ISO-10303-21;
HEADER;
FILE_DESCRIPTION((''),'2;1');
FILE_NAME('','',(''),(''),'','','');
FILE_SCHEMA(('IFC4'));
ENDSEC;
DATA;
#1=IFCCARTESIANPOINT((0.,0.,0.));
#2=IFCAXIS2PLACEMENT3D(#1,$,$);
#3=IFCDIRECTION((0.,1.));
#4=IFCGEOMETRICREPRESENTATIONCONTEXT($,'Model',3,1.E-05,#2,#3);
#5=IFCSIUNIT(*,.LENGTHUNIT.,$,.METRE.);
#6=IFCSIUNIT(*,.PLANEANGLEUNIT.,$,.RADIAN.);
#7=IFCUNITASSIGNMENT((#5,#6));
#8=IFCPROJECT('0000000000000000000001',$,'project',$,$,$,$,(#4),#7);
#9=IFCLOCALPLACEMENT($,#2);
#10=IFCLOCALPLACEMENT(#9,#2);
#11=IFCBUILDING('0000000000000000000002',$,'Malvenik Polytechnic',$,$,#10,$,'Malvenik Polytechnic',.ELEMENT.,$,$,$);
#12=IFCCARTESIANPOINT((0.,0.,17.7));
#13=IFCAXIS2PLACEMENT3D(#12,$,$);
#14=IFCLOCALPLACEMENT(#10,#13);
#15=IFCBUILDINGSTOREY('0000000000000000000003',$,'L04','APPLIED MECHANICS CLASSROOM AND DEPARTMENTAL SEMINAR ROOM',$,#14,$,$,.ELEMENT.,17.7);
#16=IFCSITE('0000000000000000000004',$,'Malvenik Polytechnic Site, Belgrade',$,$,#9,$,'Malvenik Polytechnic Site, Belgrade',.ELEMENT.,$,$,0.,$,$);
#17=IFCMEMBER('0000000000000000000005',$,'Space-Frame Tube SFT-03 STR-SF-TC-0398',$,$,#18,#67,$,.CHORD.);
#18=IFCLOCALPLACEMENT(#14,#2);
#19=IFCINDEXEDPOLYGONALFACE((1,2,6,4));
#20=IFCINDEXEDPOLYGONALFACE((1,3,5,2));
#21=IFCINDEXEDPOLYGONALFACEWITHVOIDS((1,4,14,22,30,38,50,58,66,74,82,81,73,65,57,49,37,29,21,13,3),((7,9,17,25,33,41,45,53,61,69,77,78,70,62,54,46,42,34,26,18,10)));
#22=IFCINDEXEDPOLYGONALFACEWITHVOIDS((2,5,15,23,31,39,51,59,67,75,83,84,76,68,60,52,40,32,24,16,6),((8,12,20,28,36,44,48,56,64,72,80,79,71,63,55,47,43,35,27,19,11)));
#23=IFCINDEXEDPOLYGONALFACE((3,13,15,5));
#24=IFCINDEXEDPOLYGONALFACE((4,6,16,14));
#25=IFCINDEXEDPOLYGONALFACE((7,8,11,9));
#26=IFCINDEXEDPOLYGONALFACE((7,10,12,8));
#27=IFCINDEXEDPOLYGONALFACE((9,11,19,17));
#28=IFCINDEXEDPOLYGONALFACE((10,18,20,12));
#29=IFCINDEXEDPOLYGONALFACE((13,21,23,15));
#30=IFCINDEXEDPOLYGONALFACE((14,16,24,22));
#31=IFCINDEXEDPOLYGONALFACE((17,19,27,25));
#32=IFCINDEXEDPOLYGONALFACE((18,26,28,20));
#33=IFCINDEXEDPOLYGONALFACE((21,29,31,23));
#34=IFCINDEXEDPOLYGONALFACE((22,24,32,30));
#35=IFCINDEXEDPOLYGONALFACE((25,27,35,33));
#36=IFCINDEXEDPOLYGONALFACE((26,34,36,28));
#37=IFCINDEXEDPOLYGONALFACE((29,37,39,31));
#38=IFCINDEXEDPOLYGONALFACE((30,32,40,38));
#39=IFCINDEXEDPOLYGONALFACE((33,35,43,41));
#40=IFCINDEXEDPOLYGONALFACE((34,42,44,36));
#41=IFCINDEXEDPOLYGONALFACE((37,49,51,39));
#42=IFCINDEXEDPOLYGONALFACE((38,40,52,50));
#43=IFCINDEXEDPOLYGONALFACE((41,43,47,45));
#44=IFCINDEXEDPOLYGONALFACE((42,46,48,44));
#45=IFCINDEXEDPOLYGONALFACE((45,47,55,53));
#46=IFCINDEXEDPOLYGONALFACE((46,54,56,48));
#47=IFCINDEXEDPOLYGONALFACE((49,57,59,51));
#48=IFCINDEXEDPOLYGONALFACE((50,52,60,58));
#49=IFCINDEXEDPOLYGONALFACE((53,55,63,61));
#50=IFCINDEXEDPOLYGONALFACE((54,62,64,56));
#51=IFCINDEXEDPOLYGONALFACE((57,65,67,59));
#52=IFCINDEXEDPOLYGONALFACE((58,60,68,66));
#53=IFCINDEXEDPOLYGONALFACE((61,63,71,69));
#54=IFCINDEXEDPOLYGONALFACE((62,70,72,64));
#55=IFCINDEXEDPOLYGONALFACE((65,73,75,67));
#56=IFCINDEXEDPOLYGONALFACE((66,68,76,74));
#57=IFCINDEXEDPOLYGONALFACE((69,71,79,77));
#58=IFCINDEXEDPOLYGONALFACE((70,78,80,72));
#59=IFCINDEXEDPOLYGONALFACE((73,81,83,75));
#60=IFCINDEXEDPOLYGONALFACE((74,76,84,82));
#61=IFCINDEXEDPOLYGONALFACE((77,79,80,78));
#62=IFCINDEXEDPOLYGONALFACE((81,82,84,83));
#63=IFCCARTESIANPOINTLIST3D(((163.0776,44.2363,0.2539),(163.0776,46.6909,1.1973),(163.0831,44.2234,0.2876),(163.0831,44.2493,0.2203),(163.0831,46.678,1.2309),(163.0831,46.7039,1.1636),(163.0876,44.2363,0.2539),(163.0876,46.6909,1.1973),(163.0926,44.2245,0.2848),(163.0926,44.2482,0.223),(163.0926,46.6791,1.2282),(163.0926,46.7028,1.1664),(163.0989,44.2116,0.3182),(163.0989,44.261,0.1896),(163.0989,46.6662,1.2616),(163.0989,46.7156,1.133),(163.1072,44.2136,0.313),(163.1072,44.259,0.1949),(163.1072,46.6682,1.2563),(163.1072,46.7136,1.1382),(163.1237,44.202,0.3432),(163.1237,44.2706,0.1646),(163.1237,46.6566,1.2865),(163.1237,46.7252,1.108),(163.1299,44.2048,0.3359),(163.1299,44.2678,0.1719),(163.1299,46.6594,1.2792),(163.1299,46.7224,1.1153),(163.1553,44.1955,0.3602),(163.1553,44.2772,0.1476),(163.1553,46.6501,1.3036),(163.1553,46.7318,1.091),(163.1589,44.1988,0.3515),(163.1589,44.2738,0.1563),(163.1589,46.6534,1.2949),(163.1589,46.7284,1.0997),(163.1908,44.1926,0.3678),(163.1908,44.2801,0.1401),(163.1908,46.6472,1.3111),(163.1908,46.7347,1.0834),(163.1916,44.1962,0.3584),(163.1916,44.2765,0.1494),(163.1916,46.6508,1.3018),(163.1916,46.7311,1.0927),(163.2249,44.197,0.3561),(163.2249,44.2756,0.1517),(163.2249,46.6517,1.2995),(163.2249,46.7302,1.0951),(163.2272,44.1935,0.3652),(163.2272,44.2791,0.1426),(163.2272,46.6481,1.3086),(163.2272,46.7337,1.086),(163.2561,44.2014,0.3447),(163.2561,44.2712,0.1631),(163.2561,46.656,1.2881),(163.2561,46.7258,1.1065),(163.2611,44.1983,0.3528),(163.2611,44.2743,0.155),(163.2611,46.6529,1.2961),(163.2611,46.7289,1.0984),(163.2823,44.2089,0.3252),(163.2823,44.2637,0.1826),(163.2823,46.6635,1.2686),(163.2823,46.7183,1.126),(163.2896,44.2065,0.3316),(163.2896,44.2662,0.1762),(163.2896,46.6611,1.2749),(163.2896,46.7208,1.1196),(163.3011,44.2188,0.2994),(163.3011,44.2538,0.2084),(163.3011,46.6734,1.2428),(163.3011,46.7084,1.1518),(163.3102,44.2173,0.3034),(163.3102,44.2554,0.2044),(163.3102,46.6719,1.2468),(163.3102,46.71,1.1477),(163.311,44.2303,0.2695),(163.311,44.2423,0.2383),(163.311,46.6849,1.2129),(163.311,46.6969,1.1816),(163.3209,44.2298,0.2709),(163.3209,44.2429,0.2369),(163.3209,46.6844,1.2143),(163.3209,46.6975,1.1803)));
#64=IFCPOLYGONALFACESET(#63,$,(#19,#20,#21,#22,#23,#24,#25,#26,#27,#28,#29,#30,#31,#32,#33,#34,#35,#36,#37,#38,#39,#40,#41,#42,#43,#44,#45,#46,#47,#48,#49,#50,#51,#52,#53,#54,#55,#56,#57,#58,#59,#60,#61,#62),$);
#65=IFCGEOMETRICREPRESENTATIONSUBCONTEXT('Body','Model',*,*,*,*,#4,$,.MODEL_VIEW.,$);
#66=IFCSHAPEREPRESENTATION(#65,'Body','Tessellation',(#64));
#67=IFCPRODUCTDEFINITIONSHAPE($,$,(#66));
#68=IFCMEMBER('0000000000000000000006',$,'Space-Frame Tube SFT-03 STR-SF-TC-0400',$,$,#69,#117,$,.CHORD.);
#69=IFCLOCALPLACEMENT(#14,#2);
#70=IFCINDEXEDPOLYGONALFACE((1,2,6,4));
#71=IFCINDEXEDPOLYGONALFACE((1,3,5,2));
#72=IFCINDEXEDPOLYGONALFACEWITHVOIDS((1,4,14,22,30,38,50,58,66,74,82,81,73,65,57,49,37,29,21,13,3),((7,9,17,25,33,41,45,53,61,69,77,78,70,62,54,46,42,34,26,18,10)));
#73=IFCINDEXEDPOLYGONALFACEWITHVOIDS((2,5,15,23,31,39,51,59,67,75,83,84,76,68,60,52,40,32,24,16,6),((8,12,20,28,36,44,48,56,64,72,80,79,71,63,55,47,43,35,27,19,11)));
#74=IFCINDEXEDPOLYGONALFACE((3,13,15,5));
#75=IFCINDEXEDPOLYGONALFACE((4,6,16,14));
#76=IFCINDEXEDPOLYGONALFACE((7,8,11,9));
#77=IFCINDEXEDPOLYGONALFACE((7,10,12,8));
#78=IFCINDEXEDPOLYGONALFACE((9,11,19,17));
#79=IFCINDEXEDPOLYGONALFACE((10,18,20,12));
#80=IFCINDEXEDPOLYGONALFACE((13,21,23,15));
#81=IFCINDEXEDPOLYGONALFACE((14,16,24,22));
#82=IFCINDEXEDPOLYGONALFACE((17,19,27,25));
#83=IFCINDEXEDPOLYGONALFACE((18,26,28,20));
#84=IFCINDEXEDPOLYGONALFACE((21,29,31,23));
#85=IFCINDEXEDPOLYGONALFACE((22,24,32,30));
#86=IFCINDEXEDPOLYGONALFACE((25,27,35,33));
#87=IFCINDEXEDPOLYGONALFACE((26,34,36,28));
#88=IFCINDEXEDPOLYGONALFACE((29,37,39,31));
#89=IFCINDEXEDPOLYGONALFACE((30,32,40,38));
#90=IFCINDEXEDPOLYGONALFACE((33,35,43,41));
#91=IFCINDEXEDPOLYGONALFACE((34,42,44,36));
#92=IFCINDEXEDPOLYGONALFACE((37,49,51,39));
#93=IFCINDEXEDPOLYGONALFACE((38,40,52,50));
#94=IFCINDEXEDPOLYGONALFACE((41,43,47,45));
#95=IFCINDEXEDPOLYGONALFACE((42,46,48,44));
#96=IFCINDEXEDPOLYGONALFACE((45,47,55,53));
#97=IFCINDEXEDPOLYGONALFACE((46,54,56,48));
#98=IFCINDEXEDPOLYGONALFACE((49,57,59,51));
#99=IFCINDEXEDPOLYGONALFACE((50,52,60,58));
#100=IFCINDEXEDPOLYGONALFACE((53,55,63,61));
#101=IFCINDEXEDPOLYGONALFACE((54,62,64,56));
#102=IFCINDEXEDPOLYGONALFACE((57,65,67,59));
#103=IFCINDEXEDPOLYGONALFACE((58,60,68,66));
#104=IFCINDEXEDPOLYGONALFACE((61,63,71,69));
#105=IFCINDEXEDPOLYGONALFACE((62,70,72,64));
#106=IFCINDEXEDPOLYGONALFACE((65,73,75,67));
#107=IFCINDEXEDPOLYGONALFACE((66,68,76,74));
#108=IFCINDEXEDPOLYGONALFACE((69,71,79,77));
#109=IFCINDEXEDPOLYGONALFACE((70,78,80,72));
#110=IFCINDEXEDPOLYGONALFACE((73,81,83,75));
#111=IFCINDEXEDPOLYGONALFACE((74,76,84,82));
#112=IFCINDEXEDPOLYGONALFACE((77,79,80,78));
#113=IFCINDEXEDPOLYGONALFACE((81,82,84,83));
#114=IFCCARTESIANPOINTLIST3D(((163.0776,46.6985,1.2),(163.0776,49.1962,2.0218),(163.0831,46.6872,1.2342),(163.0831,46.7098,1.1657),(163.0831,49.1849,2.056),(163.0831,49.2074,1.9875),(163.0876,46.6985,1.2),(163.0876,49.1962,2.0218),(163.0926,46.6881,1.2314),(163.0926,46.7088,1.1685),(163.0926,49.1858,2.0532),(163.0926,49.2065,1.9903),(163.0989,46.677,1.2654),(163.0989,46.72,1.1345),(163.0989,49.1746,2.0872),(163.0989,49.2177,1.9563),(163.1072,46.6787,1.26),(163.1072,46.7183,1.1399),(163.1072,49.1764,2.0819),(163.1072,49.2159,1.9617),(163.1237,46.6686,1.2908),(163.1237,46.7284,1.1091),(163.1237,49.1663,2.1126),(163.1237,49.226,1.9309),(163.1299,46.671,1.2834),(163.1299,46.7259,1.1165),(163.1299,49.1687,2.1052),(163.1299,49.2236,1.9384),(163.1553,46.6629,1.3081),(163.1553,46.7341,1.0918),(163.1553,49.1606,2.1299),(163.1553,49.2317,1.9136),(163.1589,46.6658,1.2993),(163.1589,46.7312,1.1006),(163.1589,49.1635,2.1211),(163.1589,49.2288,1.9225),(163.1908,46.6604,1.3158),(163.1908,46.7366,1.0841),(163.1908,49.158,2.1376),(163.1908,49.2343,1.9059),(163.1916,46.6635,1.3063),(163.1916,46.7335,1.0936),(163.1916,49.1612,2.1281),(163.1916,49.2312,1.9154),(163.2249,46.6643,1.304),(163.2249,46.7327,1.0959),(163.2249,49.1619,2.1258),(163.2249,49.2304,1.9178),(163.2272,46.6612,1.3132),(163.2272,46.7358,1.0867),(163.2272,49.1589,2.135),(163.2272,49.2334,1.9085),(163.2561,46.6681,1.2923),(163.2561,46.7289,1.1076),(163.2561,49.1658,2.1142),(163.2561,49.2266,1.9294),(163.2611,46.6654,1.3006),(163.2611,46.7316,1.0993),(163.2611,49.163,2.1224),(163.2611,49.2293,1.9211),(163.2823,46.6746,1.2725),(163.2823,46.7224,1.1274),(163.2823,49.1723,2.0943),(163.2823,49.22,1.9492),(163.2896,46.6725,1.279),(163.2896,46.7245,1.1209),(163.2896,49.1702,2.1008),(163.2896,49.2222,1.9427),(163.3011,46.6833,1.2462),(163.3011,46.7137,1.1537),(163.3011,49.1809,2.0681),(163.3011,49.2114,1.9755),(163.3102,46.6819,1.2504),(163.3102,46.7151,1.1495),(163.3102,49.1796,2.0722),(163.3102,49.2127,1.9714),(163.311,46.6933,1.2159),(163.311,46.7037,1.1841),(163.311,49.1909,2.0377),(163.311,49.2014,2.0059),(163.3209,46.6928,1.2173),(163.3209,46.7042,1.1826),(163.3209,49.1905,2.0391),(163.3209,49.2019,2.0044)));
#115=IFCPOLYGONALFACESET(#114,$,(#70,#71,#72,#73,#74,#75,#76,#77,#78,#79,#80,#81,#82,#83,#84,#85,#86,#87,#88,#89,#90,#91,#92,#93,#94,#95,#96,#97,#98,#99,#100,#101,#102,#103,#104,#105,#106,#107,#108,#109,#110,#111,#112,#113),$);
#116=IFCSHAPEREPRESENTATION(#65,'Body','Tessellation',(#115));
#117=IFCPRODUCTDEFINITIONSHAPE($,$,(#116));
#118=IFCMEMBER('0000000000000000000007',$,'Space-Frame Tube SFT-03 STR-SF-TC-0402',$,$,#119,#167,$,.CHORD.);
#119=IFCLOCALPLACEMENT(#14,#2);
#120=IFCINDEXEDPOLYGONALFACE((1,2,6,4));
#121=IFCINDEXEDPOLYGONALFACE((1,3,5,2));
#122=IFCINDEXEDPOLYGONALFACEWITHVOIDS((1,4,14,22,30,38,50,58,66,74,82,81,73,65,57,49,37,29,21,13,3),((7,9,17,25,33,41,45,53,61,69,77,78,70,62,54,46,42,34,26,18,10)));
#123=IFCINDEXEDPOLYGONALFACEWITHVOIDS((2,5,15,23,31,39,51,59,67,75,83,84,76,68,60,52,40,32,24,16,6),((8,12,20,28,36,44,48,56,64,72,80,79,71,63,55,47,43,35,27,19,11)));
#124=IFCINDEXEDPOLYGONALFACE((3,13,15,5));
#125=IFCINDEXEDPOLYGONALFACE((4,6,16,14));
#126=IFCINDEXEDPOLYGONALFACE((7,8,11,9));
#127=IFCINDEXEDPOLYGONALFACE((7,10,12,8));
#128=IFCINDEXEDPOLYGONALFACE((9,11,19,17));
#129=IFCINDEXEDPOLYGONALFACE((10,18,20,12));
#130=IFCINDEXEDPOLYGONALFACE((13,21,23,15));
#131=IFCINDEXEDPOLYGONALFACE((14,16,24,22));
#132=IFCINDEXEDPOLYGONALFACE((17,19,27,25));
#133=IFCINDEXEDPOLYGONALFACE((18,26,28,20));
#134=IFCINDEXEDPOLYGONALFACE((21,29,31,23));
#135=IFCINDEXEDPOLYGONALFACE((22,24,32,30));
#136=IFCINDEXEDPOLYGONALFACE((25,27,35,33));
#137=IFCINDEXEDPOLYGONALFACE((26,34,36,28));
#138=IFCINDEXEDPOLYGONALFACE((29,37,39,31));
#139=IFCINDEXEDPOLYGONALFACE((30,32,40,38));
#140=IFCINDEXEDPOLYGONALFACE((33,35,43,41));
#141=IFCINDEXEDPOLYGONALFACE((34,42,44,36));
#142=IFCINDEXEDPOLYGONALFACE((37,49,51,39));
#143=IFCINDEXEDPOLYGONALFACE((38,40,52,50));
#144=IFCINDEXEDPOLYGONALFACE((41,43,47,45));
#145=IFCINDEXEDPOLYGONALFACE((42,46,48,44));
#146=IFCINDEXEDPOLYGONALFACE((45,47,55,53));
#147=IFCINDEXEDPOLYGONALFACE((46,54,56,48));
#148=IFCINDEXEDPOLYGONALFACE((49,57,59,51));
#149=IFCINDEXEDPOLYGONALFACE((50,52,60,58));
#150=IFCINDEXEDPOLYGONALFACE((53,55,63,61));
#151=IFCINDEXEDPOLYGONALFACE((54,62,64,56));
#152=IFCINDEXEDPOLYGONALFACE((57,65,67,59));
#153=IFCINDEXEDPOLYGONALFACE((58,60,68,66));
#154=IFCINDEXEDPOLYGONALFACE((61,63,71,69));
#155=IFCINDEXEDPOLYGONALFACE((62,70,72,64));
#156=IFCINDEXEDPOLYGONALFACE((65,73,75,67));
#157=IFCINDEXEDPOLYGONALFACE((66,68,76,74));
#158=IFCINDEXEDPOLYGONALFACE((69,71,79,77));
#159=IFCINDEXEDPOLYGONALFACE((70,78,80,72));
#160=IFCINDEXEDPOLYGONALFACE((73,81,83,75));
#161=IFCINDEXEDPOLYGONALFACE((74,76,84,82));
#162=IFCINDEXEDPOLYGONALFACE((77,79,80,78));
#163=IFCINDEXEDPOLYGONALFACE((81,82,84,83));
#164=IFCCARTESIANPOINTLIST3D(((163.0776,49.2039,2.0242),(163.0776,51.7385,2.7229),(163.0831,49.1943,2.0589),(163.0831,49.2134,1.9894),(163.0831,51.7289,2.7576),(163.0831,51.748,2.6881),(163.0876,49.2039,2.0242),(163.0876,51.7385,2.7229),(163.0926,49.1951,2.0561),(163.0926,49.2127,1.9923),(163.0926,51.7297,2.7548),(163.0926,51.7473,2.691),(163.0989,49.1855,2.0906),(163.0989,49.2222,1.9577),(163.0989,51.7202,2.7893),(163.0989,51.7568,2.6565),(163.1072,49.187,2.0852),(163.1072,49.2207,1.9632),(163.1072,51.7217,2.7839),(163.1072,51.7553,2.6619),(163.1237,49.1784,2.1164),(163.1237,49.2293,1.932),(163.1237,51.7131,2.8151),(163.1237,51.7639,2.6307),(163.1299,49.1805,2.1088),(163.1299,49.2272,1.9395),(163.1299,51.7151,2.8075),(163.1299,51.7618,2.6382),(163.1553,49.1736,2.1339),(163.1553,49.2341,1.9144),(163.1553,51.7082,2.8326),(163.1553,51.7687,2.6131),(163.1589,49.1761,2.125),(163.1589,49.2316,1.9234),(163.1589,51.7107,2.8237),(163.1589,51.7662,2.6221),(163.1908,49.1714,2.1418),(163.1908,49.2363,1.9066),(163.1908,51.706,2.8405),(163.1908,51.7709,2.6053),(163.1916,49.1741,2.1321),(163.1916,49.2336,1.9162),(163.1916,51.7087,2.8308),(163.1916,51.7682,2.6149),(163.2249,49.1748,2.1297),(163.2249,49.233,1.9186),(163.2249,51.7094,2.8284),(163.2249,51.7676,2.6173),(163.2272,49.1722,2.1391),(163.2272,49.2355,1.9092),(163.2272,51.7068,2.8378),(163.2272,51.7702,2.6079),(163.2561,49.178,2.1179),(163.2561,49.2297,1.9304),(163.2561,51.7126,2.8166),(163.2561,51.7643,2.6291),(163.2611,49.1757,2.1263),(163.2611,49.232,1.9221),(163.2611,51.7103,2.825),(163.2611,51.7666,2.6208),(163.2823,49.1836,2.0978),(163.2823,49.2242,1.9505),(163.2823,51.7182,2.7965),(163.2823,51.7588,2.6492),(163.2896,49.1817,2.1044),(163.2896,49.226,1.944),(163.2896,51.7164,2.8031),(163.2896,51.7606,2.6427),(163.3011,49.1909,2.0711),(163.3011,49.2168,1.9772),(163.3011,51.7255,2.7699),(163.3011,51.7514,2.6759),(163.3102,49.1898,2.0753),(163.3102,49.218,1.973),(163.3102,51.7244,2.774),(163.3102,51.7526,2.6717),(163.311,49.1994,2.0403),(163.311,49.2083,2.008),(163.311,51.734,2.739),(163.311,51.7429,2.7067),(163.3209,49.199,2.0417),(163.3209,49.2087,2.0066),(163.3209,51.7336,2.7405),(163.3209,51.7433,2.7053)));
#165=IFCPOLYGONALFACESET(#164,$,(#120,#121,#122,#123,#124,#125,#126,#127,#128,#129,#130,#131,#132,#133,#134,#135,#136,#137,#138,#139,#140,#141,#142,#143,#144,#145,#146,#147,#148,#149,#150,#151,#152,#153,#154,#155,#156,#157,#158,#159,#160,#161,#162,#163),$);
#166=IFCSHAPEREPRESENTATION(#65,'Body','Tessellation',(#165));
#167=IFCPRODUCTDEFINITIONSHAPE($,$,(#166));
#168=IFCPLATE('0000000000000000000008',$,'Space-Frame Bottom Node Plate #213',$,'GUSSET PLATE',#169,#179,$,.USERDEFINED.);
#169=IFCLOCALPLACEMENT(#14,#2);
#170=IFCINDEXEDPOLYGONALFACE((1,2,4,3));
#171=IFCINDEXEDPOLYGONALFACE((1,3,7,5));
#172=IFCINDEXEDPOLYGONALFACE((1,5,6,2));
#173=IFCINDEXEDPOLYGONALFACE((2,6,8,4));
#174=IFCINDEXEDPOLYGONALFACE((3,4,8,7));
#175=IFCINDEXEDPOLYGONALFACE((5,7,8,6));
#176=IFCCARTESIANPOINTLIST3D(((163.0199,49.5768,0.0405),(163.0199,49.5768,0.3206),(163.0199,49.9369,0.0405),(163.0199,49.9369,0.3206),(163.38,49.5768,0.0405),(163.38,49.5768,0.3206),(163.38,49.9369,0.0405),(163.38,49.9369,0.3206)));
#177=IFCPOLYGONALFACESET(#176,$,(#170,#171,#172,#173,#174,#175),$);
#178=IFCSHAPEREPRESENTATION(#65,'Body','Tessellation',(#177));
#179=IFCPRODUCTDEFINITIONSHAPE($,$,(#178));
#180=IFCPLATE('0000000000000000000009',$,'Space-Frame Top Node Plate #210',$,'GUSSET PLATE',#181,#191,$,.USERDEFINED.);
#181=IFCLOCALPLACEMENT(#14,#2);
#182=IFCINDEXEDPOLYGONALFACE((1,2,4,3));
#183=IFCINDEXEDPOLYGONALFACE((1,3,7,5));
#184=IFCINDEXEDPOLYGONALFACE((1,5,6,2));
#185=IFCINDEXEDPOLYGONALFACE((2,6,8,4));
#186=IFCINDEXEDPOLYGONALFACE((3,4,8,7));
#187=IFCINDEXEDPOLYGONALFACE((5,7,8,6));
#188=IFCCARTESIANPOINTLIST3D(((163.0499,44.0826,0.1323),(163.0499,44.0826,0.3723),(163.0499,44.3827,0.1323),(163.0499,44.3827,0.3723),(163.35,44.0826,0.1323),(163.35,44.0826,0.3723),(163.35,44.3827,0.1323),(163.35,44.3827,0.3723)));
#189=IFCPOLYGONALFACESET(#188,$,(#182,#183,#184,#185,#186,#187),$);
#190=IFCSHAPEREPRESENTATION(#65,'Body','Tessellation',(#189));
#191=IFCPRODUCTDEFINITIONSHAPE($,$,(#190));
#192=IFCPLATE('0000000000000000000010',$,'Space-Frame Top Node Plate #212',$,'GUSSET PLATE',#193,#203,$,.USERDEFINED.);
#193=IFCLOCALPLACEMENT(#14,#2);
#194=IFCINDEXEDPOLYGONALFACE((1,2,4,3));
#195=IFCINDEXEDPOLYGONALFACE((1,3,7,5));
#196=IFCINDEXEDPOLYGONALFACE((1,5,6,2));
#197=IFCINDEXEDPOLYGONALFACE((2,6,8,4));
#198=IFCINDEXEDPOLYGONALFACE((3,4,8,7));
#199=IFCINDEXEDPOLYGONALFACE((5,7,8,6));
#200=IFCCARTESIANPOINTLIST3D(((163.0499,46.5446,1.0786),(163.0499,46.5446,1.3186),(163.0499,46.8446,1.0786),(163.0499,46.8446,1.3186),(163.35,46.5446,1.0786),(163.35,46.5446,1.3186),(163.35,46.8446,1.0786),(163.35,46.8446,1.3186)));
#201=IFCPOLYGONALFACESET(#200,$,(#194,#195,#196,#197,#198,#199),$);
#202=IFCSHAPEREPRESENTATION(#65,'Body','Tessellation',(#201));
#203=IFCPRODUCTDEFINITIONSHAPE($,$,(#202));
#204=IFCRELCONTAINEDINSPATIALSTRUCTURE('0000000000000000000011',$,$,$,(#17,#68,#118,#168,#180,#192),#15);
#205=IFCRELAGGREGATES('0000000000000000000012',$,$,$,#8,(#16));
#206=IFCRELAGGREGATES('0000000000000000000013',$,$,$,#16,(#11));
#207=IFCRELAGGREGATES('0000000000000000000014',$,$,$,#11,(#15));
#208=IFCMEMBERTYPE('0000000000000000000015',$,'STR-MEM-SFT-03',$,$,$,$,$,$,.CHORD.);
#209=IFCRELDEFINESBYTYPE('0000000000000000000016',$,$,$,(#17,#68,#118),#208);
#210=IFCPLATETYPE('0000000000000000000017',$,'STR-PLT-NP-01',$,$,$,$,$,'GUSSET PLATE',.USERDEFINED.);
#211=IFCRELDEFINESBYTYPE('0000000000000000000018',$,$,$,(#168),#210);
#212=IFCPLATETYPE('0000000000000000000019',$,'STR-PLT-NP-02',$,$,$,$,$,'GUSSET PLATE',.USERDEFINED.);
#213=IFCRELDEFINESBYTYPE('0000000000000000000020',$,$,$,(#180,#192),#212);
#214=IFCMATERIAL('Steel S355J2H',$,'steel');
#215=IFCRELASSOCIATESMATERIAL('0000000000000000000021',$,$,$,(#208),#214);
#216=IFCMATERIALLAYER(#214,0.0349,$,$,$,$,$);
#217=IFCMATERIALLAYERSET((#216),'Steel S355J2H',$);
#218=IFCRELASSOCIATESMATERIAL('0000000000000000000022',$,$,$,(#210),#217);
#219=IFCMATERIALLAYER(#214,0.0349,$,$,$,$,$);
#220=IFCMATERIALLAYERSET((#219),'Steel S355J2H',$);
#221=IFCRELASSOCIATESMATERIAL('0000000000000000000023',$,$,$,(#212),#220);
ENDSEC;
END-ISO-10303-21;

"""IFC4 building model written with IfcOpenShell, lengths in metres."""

from ifc_helpers import new_model, si_unit, direction, frame, origin, origin_2d, place, context, subcontext, project, spatial, rectangle, hollow_circle, extrude, material, layer, layer_set, material_profile, profile_set, type_object, element, save


model = new_model("IFC4")

# Units and contexts
model_context = context("Model", 3, precision=1e-05, world=origin(), true_north=direction((0.0, 1.0)))
body_context = subcontext(model_context, "Body", "Model", "MODEL_VIEW")
ifc_project = project(units=[si_unit("LENGTHUNIT", "METRE"), si_unit("PLANEANGLEUNIT", "RADIAN")], contexts=[model_context])

# Site, building, storey
site_placement = place(None, origin())
site = spatial("IfcSite", under=ifc_project, at=site_placement, Name="Malvenik Polytechnic Site, Belgrade", LongName="Malvenik Polytechnic Site, Belgrade", CompositionType="ELEMENT", RefElevation=0.0)
building_placement = place(site_placement, origin())
building = spatial("IfcBuilding", under=site, at=building_placement, Name="Malvenik Polytechnic", LongName="Malvenik Polytechnic", CompositionType="ELEMENT")
storey_placement = place(building_placement, frame((0.0, 0.0, 17.7)))
storey = spatial("IfcBuildingStorey", under=building, at=storey_placement, Name="L04", Description="APPLIED MECHANICS CLASSROOM AND DEPARTMENTAL SEMINAR ROOM", CompositionType="ELEMENT", Elevation=17.7)

# Members
ifc_material = material(Name="Steel S355J2H", Category="steel")
ifc_material_profile_1 = material_profile(ifc_material, hollow_circle(Radius=0.1223, WallThickness=0.01, at=origin_2d()), Name="CHS 244.5x10.0")
ifc_profile_set_1 = profile_set([ifc_material_profile_1], Name="Steel S355J2H")
member_type_1 = type_object("IfcMemberType", Name="STR-MEM-SFT-03", PredefinedType="CHORD", material=ifc_profile_set_1)
member_1_placement = place(storey_placement, frame((163.2, 44.2363, 0.2539), z_axis=(0.0, 0.933437, 0.358743), x_axis=(-1.0, 0.0, 0.0)))
element("IfcMember", 1, at=member_1_placement, inside=storey, type_object=member_type_1, Name="Space-Frame Tube SFT-03 STR-SF-TC-0398", PredefinedType="CHORD", context=body_context, shape_type="SweptSolid", body=[
    extrude(hollow_circle(Radius=0.1223, WallThickness=0.01, at=origin_2d()), origin(), (0.0, 0.0, 1.0), 2.6296),
])
member_2_placement = place(storey_placement, frame((163.2, 46.6985, 1.2), z_axis=(0.0, 0.949902, 0.312548), x_axis=(-1.0, 0.0, 0.0)))
element("IfcMember", 2, at=member_2_placement, inside=storey, type_object=member_type_1, Name="Space-Frame Tube SFT-03 STR-SF-TC-0400", PredefinedType="CHORD", context=body_context, shape_type="SweptSolid", body=[
    extrude(hollow_circle(Radius=0.1223, WallThickness=0.01, at=origin_2d()), origin(), (0.0, 0.0, 1.0), 2.6294),
])
member_3_placement = place(storey_placement, frame((163.2, 49.2039, 2.0242), z_axis=(0.0, 0.96404, 0.265756), x_axis=(-1.0, 0.0, 0.0)))
element("IfcMember", 3, at=member_3_placement, inside=storey, type_object=member_type_1, Name="Space-Frame Tube SFT-03 STR-SF-TC-0402", PredefinedType="CHORD", context=body_context, shape_type="SweptSolid", body=[
    extrude(hollow_circle(Radius=0.1223, WallThickness=0.01, at=origin_2d()), origin(), (0.0, 0.0, 1.0), 2.6292),
])

# Plates
ifc_layer_1 = layer(ifc_material, 0.0349)
ifc_layer_set_1 = layer_set([ifc_layer_1], Name="Steel S355J2H")
plate_type_1 = type_object("IfcPlateType", Name="STR-PLT-NP-01", ElementType="GUSSET PLATE", PredefinedType="USERDEFINED", material=ifc_layer_set_1)
plate_placement = place(storey_placement, frame((163.2, 49.7568, 0.0405), z_axis=(0.0, 0.0, 1.0), x_axis=(1.0, 0.0, 0.0)))
element("IfcPlate", 4, at=plate_placement, inside=storey, type_object=plate_type_1, Name="Space-Frame Bottom Node Plate #213", ObjectType="GUSSET PLATE", PredefinedType="USERDEFINED", context=body_context, shape_type="SweptSolid", body=[
    extrude(rectangle(XDim=0.3601, YDim=0.3601, at=origin_2d()), origin(), (0.0, 0.0, 1.0), 0.28),
])
ifc_layer_2 = layer(ifc_material, 0.0349)
ifc_layer_set_2 = layer_set([ifc_layer_2], Name="Steel S355J2H")
plate_type_2 = type_object("IfcPlateType", Name="STR-PLT-NP-02", ElementType="GUSSET PLATE", PredefinedType="USERDEFINED", material=ifc_layer_set_2)
for number, where, z_axis, x_axis, name in (
    (5, (163.2, 44.2327, 0.1323), (0.0, 0.0, 1.0), (1.0, 0.0, 0.0), "Space-Frame Top Node Plate #210"),
    (6, (163.2, 46.6946, 1.0786), (0.0, 0.0, 1.0), (1.0, 0.0, 0.0), "Space-Frame Top Node Plate #212"),
):
    element("IfcPlate", number, at=place(storey_placement, frame(where, z_axis=z_axis, x_axis=x_axis)), inside=storey, type_object=plate_type_2, Name=name, ObjectType="GUSSET PLATE", PredefinedType="USERDEFINED", context=body_context, shape_type="SweptSolid", body=[
        extrude(rectangle(XDim=0.3, YDim=0.3, at=origin_2d()), origin(), (0.0, 0.0, 1.0), 0.24),
    ])

save(model, "model.ifc")
